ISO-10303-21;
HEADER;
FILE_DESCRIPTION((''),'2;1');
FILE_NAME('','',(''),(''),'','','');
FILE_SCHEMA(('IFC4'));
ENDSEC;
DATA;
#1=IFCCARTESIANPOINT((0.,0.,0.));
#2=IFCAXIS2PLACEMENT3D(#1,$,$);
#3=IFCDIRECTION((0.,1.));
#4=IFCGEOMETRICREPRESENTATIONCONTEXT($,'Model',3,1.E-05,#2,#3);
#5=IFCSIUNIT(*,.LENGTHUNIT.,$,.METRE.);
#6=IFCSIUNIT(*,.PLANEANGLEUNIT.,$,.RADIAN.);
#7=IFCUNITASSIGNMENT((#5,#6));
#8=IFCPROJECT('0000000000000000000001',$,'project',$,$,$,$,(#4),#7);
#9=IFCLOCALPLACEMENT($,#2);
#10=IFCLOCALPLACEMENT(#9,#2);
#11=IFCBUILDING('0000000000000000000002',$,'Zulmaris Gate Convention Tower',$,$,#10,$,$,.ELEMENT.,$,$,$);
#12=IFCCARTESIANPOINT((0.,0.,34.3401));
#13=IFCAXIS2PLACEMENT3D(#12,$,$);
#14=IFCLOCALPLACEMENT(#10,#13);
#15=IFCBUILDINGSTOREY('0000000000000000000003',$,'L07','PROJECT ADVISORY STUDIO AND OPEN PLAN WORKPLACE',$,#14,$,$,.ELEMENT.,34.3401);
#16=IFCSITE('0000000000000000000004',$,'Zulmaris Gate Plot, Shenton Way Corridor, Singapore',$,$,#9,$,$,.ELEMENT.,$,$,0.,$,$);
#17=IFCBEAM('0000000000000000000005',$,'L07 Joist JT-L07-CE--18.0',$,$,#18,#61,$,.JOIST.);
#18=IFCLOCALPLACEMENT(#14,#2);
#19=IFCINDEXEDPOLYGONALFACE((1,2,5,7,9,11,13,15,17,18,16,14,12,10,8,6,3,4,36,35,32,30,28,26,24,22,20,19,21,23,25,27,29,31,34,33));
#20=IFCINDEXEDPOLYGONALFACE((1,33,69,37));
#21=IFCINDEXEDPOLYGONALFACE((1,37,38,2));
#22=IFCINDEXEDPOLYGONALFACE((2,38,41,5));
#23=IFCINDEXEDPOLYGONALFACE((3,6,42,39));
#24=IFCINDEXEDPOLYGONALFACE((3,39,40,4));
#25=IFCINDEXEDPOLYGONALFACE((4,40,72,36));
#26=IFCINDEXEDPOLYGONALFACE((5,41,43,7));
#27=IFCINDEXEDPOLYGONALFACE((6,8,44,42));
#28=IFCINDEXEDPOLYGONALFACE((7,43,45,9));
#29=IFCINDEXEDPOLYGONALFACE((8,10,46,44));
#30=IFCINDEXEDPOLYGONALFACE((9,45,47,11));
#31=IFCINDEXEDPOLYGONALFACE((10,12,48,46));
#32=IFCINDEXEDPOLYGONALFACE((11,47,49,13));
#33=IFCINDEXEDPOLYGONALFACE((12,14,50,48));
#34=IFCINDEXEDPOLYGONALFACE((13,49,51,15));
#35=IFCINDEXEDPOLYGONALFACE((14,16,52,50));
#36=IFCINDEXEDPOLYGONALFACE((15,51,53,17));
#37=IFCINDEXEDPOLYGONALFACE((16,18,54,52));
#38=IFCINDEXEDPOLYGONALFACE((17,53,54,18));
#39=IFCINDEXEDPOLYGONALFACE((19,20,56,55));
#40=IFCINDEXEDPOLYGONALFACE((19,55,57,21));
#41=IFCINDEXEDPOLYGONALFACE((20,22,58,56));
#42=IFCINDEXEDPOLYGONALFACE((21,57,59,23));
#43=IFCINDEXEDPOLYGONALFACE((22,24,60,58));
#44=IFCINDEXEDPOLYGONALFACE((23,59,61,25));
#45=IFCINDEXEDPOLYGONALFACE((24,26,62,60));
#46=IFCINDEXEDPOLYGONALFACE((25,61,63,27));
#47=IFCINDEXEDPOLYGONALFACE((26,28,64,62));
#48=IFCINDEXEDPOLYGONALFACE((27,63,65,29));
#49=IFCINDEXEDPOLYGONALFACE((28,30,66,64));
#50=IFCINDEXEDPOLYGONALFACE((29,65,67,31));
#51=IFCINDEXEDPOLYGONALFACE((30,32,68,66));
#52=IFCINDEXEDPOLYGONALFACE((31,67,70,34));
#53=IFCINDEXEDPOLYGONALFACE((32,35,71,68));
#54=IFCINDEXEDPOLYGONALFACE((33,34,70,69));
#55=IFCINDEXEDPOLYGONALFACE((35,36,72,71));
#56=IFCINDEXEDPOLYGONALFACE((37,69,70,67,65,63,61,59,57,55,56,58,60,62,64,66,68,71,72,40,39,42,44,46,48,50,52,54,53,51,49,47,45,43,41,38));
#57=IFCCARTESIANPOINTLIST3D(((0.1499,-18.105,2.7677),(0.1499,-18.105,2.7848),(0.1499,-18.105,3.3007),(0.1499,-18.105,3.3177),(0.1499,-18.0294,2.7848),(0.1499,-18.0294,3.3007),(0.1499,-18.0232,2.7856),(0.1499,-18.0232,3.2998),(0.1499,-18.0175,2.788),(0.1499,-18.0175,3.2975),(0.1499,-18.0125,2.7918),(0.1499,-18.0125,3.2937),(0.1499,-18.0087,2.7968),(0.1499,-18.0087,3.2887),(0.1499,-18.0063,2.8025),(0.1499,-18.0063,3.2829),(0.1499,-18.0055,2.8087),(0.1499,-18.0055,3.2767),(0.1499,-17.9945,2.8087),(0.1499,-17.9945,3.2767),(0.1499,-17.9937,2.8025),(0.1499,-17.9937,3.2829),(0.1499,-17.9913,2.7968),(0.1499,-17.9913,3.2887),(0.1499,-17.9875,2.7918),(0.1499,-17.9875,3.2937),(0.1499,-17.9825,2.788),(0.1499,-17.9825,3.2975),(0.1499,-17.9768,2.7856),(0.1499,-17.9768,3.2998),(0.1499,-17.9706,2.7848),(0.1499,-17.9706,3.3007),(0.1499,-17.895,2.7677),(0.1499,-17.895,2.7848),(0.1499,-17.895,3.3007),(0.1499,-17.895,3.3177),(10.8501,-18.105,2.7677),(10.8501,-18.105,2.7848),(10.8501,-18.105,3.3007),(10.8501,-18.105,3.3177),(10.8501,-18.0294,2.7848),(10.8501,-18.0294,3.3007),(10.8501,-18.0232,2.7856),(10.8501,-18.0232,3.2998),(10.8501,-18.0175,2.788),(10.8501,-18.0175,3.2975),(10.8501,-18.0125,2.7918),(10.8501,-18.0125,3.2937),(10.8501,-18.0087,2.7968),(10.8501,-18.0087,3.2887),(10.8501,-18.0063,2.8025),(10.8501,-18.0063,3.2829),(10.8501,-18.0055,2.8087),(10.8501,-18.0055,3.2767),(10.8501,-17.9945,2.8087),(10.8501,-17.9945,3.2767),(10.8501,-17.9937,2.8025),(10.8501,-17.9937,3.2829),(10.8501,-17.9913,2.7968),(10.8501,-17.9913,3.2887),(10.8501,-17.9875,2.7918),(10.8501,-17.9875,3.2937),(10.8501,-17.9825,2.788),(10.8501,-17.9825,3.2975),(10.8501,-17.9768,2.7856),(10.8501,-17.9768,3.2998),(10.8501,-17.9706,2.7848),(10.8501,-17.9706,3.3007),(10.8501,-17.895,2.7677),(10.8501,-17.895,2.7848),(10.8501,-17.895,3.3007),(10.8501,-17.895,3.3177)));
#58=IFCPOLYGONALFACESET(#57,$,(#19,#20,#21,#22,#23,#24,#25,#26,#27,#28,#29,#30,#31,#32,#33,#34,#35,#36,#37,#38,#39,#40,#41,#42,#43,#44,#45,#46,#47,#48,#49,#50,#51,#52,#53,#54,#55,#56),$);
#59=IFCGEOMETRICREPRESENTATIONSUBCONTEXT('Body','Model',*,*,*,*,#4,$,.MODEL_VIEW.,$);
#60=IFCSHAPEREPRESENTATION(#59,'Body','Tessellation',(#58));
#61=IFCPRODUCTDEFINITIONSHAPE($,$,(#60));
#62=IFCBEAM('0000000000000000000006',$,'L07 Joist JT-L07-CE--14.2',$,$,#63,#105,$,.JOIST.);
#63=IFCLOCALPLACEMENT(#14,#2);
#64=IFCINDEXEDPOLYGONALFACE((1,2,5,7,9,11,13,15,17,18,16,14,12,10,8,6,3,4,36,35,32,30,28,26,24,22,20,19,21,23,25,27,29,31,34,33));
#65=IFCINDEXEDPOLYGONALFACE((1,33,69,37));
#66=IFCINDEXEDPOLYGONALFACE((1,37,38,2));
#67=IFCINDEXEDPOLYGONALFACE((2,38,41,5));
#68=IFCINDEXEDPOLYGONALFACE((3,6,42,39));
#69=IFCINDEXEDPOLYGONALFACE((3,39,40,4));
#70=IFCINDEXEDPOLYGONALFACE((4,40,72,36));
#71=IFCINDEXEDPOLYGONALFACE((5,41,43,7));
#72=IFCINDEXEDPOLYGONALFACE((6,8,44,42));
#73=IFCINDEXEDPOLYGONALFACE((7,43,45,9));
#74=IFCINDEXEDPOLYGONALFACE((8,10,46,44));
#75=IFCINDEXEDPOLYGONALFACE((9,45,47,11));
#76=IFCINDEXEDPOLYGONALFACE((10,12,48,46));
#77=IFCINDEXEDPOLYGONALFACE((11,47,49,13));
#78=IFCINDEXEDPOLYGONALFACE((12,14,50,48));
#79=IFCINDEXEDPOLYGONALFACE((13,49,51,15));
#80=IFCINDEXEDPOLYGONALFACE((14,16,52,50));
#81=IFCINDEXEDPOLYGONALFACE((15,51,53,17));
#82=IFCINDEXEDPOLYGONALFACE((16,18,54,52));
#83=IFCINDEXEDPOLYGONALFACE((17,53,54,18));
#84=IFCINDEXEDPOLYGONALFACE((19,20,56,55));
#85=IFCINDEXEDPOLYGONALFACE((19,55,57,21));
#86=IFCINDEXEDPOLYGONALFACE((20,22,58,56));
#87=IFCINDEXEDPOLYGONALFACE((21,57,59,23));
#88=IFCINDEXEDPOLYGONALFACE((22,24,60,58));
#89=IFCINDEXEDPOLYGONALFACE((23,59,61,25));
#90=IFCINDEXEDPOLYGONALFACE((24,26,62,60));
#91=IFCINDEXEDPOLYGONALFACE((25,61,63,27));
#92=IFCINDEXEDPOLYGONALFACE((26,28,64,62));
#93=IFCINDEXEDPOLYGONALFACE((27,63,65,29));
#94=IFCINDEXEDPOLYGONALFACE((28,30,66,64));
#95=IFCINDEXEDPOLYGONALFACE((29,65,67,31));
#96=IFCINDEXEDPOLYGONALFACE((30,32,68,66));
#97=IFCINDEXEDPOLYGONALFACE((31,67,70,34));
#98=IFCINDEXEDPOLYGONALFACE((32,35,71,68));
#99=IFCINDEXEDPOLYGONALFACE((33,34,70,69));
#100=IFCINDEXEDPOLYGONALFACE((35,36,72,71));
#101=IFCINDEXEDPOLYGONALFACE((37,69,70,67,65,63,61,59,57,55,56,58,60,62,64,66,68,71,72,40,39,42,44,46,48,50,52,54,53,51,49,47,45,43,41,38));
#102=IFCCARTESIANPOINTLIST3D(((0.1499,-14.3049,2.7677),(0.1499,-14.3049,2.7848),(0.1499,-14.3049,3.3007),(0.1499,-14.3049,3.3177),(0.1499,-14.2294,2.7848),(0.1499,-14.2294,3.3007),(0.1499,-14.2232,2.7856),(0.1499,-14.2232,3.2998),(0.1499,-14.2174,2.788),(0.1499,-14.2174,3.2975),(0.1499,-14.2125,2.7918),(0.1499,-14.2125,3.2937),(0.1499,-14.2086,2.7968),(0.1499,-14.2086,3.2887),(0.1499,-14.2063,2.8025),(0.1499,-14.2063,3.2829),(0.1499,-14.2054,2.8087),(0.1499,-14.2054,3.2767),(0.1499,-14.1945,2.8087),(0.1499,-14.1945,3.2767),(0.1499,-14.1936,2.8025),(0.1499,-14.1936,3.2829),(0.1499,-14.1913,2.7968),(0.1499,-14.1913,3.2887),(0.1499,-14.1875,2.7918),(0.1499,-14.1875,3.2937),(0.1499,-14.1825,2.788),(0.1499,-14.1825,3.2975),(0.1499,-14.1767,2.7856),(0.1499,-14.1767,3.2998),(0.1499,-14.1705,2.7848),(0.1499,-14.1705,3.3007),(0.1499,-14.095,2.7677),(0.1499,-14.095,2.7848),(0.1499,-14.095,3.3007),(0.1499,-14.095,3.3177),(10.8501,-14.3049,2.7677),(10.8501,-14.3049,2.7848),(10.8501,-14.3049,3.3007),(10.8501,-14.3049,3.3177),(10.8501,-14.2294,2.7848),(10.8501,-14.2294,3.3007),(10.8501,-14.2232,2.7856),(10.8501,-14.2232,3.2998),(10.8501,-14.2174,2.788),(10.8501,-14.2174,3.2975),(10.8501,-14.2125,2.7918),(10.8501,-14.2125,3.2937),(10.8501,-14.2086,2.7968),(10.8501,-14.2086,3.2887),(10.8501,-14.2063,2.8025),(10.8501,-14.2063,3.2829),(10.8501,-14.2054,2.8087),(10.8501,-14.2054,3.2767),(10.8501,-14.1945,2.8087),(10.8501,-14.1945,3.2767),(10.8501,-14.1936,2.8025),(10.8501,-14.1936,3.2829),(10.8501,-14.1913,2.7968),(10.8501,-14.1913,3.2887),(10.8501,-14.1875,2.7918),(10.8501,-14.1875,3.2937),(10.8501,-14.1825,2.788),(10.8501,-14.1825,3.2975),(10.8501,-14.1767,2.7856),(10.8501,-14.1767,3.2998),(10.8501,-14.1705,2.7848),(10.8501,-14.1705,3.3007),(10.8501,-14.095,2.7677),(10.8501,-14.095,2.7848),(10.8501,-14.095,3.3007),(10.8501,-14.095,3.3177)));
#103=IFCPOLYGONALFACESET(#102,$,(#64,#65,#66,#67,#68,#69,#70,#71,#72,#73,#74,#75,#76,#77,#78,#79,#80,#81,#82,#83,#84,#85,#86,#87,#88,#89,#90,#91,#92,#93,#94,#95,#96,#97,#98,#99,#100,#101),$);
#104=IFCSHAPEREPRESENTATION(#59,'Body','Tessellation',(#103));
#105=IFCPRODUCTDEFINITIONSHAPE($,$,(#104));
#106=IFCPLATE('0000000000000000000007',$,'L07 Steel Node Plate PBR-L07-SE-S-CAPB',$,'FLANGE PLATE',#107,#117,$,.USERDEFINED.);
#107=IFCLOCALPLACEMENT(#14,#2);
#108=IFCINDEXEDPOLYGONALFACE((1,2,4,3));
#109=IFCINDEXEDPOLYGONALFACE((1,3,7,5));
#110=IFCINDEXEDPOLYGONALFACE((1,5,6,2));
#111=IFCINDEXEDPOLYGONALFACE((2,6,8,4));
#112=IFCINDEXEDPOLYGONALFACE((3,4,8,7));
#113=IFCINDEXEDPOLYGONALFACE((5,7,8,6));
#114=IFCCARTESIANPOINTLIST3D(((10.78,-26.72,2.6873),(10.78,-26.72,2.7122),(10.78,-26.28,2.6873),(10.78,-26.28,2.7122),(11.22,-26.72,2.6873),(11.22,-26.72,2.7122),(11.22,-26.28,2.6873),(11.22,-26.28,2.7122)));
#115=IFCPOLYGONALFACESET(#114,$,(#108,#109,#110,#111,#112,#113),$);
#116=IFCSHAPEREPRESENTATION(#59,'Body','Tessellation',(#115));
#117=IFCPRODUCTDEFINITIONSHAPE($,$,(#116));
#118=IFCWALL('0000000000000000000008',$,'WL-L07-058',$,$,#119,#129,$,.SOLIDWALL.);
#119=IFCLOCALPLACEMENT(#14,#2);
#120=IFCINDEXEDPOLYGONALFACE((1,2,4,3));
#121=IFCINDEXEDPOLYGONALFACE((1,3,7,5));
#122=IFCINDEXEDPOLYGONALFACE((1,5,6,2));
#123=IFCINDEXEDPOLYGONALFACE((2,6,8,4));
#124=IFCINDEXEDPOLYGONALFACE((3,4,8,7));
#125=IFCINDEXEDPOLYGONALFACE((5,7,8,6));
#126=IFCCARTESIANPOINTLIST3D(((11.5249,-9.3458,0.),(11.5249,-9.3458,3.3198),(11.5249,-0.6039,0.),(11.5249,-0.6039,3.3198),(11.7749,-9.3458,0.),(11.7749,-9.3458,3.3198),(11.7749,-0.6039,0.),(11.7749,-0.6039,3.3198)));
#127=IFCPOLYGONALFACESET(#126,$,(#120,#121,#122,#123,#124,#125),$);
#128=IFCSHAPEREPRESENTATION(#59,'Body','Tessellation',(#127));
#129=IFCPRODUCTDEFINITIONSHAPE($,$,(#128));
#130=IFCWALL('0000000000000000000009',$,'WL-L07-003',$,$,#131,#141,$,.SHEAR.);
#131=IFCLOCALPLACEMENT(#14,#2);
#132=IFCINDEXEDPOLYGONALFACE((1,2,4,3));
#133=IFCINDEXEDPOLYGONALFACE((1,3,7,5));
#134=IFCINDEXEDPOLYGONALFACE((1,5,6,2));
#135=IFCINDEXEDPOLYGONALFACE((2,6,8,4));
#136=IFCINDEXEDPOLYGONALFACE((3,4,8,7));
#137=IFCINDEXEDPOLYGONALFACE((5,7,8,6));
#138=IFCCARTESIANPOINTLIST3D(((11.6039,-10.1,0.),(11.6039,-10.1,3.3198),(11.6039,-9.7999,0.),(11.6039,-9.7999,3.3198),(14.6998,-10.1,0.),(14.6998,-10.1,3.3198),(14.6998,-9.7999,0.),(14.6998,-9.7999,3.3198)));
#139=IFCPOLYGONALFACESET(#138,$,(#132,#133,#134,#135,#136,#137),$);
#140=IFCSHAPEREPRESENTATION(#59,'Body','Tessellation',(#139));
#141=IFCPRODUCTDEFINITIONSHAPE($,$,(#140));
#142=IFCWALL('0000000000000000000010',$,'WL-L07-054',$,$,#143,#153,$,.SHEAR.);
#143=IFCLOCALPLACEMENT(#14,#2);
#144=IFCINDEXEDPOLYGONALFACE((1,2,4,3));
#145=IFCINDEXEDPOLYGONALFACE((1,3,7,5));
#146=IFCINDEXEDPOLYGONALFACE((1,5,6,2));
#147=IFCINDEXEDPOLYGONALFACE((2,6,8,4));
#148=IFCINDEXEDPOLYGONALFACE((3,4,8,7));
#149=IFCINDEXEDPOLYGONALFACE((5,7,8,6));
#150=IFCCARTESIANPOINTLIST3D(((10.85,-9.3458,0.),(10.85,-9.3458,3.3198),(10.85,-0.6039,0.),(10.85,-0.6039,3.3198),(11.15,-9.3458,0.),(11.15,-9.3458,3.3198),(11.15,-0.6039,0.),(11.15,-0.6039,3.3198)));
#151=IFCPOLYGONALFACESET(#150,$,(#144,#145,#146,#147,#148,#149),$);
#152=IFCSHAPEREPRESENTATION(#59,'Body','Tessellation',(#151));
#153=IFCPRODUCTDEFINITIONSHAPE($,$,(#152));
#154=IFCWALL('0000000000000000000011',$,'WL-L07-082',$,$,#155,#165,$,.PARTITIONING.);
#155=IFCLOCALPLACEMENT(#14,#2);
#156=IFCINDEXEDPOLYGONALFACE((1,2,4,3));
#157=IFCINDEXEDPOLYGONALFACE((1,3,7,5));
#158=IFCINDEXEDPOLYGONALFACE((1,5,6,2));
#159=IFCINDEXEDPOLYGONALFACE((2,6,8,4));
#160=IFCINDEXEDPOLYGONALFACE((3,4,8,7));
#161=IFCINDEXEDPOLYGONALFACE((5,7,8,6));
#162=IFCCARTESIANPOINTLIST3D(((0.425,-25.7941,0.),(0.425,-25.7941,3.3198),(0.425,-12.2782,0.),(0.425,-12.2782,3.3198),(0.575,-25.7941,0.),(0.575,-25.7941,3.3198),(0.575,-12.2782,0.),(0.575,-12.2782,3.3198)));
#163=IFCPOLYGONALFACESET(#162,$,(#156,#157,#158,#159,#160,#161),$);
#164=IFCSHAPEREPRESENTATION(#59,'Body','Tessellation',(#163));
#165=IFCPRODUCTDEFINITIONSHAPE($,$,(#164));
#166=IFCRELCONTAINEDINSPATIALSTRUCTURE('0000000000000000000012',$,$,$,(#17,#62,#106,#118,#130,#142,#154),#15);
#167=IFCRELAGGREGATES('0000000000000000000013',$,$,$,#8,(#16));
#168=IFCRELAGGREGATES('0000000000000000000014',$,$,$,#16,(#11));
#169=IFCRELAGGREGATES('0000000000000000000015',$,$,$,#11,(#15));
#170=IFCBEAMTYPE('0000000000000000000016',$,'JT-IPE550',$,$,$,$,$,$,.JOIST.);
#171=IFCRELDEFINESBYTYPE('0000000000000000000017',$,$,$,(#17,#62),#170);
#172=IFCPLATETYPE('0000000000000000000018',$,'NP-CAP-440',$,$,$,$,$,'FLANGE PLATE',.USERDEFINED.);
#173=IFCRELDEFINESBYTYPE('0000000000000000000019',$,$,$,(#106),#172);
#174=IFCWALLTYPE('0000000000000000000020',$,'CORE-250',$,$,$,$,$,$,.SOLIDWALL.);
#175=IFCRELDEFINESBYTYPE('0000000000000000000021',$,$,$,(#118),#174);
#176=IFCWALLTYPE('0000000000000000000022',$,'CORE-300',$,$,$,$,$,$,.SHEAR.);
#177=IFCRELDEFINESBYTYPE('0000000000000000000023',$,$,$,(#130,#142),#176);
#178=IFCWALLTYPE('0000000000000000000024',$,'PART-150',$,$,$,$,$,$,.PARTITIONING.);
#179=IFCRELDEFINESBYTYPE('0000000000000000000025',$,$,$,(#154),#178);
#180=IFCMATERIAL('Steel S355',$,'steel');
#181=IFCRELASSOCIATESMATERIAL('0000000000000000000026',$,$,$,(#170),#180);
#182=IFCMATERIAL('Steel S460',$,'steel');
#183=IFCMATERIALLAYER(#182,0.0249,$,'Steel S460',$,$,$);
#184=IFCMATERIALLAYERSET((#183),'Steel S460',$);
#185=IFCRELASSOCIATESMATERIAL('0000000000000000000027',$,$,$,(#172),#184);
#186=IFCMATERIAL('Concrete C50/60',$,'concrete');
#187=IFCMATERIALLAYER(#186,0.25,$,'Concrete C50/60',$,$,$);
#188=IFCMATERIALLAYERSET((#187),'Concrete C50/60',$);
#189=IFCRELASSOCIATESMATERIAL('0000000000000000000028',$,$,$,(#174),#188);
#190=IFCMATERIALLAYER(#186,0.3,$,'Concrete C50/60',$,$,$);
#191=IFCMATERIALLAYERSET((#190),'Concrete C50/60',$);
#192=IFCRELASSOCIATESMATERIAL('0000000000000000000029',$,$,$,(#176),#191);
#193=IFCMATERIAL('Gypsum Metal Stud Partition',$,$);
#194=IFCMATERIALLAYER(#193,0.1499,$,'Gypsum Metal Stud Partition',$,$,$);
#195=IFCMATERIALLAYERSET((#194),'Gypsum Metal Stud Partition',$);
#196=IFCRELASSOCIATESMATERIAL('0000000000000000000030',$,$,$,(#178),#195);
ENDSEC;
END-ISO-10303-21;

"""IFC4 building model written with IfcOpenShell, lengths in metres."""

from ifc_helpers import new_model, si_unit, direction, frame, frame_2d, origin, origin_2d, place, context, subcontext, project, spatial, rectangle, i_section, extrude, material, layer, layer_set, material_profile, profile_set, type_object, element, save


model = new_model("IFC4")

# Units and contexts
model_context = context("Model", 3, precision=1e-05, world=origin(), true_north=direction((0.0, 1.0)))
body_context = subcontext(model_context, "Body", "Model", "MODEL_VIEW")
ifc_project = project(units=[si_unit("LENGTHUNIT", "METRE"), si_unit("PLANEANGLEUNIT", "RADIAN")], contexts=[model_context])

# Site, building, storey
site_placement = place(None, origin())
site = spatial("IfcSite", under=ifc_project, at=site_placement, Name="Zulmaris Gate Plot, Shenton Way Corridor, Singapore", CompositionType="ELEMENT", RefElevation=0.0)
building_placement = place(site_placement, origin())
building = spatial("IfcBuilding", under=site, at=building_placement, Name="Zulmaris Gate Convention Tower", CompositionType="ELEMENT")
storey_placement = place(building_placement, frame((0.0, 0.0, 34.3401)))
storey = spatial("IfcBuildingStorey", under=building, at=storey_placement, Name="L07", Description="PROJECT ADVISORY STUDIO AND OPEN PLAN WORKPLACE", CompositionType="ELEMENT", Elevation=34.3401)

# Beams
ifc_material_1 = material(Name="Steel S355", Category="steel")
ifc_material_profile_1 = material_profile(ifc_material_1, i_section(OverallWidth=0.21, OverallDepth=0.55, WebThickness=0.011, FlangeThickness=0.0171, FilletRadius=0.0239, at=origin_2d()), Name="IPE 550")
ifc_profile_set_1 = profile_set([ifc_material_profile_1], Name="Steel S355")
beam_type_1 = type_object("IfcBeamType", Name="JT-IPE550", PredefinedType="JOIST", material=ifc_profile_set_1)
for number, where, z_axis, x_axis, name in (
    (1, (0.1499, -18.0, 3.0427), (1.0, 0.0, 0.0), (0.0, 1.0, 0.0), "L07 Joist JT-L07-CE--18.0"),
    (2, (0.1499, -14.2, 3.0427), (1.0, 0.0, 0.0), (0.0, 1.0, 0.0), "L07 Joist JT-L07-CE--14.2"),
):
    element("IfcBeam", number, at=place(storey_placement, frame(where, z_axis=z_axis, x_axis=x_axis)), inside=storey, type_object=beam_type_1, Name=name, PredefinedType="JOIST", context=body_context, shape_type="SweptSolid", body=[
        extrude(i_section(OverallWidth=0.21, OverallDepth=0.55, WebThickness=0.011, FlangeThickness=0.0171, FilletRadius=0.0239, at=origin_2d()), origin(), (0.0, 0.0, 1.0), 10.7002),
    ])

# Plate
ifc_material_2 = material(Name="Steel S460", Category="steel")
ifc_layer_1 = layer(ifc_material_2, 0.0249, Name="Steel S460")
ifc_layer_set_1 = layer_set([ifc_layer_1], Name="Steel S460")
plate_type = type_object("IfcPlateType", Name="NP-CAP-440", ElementType="FLANGE PLATE", PredefinedType="USERDEFINED", material=ifc_layer_set_1)
plate_placement = place(storey_placement, frame((11.0, -26.5, 2.6873), z_axis=(0.0, 0.0, 1.0), x_axis=(1.0, 0.0, 0.0)))
element("IfcPlate", 3, at=plate_placement, inside=storey, type_object=plate_type, Name="L07 Steel Node Plate PBR-L07-SE-S-CAPB", ObjectType="FLANGE PLATE", PredefinedType="USERDEFINED", context=body_context, shape_type="SweptSolid", body=[
    extrude(rectangle(XDim=0.4399, YDim=0.4399, at=origin_2d()), origin(), (0.0, 0.0, 1.0), 0.0249),
])

# Walls
ifc_material_3 = material(Name="Concrete C50/60", Category="concrete")
ifc_layer_2 = layer(ifc_material_3, 0.25, Name="Concrete C50/60")
ifc_layer_set_2 = layer_set([ifc_layer_2], Name="Concrete C50/60")
wall_type_1 = type_object("IfcWallType", Name="CORE-250", PredefinedType="SOLIDWALL", material=ifc_layer_set_2)
wall_1_placement = place(storey_placement, frame((11.6499, -9.3459, 0.0), z_axis=(0.0, 0.0, 1.0), x_axis=(0.0, 1.0, 0.0)))
element("IfcWall", 4, at=wall_1_placement, inside=storey, type_object=wall_type_1, Name="WL-L07-058", PredefinedType="SOLIDWALL", context=body_context, shape_type="SweptSolid", body=[
    extrude(rectangle(XDim=8.7419, YDim=0.25, at=frame_2d((4.3711, 0.0))), origin(), (0.0, 0.0, 1.0), 3.3198),
])
ifc_layer_3 = layer(ifc_material_3, 0.3, Name="Concrete C50/60")
ifc_layer_set_3 = layer_set([ifc_layer_3], Name="Concrete C50/60")
wall_type_2 = type_object("IfcWallType", Name="CORE-300", PredefinedType="SHEAR", material=ifc_layer_set_3)
wall_2_placement = place(storey_placement, frame((11.604, -9.95, 0.0), z_axis=(0.0, 0.0, 1.0), x_axis=(1.0, 0.0, 0.0)))
element("IfcWall", 5, at=wall_2_placement, inside=storey, type_object=wall_type_2, Name="WL-L07-003", PredefinedType="SHEAR", context=body_context, shape_type="SweptSolid", body=[
    extrude(rectangle(XDim=3.0959, YDim=0.3, at=frame_2d((1.5479, 0.0))), origin(), (0.0, 0.0, 1.0), 3.3198),
])
wall_3_placement = place(storey_placement, frame((11.0, -9.3459, 0.0), z_axis=(0.0, 0.0, 1.0), x_axis=(0.0, 1.0, 0.0)))
element("IfcWall", 6, at=wall_3_placement, inside=storey, type_object=wall_type_2, Name="WL-L07-054", PredefinedType="SHEAR", context=body_context, shape_type="SweptSolid", body=[
    extrude(rectangle(XDim=8.7419, YDim=0.3, at=frame_2d((4.3711, 0.0))), origin(), (0.0, 0.0, 1.0), 3.3198),
])
ifc_material_4 = material(Name="Gypsum Metal Stud Partition")
ifc_layer_4 = layer(ifc_material_4, 0.1499, Name="Gypsum Metal Stud Partition")
ifc_layer_set_4 = layer_set([ifc_layer_4], Name="Gypsum Metal Stud Partition")
wall_type_3 = type_object("IfcWallType", Name="PART-150", PredefinedType="PARTITIONING", material=ifc_layer_set_4)
wall_4_placement = place(storey_placement, frame((0.5, -25.7939, 0.0), z_axis=(0.0, 0.0, 1.0), x_axis=(0.0, 1.0, 0.0)))
element("IfcWall", 7, at=wall_4_placement, inside=storey, type_object=wall_type_3, Name="WL-L07-082", PredefinedType="PARTITIONING", context=body_context, shape_type="SweptSolid", body=[
    extrude(rectangle(XDim=13.5159, YDim=0.1499, at=frame_2d((6.7578, 0.0))), origin(), (0.0, 0.0, 1.0), 3.3198),
])

save(model, "model.ifc")
